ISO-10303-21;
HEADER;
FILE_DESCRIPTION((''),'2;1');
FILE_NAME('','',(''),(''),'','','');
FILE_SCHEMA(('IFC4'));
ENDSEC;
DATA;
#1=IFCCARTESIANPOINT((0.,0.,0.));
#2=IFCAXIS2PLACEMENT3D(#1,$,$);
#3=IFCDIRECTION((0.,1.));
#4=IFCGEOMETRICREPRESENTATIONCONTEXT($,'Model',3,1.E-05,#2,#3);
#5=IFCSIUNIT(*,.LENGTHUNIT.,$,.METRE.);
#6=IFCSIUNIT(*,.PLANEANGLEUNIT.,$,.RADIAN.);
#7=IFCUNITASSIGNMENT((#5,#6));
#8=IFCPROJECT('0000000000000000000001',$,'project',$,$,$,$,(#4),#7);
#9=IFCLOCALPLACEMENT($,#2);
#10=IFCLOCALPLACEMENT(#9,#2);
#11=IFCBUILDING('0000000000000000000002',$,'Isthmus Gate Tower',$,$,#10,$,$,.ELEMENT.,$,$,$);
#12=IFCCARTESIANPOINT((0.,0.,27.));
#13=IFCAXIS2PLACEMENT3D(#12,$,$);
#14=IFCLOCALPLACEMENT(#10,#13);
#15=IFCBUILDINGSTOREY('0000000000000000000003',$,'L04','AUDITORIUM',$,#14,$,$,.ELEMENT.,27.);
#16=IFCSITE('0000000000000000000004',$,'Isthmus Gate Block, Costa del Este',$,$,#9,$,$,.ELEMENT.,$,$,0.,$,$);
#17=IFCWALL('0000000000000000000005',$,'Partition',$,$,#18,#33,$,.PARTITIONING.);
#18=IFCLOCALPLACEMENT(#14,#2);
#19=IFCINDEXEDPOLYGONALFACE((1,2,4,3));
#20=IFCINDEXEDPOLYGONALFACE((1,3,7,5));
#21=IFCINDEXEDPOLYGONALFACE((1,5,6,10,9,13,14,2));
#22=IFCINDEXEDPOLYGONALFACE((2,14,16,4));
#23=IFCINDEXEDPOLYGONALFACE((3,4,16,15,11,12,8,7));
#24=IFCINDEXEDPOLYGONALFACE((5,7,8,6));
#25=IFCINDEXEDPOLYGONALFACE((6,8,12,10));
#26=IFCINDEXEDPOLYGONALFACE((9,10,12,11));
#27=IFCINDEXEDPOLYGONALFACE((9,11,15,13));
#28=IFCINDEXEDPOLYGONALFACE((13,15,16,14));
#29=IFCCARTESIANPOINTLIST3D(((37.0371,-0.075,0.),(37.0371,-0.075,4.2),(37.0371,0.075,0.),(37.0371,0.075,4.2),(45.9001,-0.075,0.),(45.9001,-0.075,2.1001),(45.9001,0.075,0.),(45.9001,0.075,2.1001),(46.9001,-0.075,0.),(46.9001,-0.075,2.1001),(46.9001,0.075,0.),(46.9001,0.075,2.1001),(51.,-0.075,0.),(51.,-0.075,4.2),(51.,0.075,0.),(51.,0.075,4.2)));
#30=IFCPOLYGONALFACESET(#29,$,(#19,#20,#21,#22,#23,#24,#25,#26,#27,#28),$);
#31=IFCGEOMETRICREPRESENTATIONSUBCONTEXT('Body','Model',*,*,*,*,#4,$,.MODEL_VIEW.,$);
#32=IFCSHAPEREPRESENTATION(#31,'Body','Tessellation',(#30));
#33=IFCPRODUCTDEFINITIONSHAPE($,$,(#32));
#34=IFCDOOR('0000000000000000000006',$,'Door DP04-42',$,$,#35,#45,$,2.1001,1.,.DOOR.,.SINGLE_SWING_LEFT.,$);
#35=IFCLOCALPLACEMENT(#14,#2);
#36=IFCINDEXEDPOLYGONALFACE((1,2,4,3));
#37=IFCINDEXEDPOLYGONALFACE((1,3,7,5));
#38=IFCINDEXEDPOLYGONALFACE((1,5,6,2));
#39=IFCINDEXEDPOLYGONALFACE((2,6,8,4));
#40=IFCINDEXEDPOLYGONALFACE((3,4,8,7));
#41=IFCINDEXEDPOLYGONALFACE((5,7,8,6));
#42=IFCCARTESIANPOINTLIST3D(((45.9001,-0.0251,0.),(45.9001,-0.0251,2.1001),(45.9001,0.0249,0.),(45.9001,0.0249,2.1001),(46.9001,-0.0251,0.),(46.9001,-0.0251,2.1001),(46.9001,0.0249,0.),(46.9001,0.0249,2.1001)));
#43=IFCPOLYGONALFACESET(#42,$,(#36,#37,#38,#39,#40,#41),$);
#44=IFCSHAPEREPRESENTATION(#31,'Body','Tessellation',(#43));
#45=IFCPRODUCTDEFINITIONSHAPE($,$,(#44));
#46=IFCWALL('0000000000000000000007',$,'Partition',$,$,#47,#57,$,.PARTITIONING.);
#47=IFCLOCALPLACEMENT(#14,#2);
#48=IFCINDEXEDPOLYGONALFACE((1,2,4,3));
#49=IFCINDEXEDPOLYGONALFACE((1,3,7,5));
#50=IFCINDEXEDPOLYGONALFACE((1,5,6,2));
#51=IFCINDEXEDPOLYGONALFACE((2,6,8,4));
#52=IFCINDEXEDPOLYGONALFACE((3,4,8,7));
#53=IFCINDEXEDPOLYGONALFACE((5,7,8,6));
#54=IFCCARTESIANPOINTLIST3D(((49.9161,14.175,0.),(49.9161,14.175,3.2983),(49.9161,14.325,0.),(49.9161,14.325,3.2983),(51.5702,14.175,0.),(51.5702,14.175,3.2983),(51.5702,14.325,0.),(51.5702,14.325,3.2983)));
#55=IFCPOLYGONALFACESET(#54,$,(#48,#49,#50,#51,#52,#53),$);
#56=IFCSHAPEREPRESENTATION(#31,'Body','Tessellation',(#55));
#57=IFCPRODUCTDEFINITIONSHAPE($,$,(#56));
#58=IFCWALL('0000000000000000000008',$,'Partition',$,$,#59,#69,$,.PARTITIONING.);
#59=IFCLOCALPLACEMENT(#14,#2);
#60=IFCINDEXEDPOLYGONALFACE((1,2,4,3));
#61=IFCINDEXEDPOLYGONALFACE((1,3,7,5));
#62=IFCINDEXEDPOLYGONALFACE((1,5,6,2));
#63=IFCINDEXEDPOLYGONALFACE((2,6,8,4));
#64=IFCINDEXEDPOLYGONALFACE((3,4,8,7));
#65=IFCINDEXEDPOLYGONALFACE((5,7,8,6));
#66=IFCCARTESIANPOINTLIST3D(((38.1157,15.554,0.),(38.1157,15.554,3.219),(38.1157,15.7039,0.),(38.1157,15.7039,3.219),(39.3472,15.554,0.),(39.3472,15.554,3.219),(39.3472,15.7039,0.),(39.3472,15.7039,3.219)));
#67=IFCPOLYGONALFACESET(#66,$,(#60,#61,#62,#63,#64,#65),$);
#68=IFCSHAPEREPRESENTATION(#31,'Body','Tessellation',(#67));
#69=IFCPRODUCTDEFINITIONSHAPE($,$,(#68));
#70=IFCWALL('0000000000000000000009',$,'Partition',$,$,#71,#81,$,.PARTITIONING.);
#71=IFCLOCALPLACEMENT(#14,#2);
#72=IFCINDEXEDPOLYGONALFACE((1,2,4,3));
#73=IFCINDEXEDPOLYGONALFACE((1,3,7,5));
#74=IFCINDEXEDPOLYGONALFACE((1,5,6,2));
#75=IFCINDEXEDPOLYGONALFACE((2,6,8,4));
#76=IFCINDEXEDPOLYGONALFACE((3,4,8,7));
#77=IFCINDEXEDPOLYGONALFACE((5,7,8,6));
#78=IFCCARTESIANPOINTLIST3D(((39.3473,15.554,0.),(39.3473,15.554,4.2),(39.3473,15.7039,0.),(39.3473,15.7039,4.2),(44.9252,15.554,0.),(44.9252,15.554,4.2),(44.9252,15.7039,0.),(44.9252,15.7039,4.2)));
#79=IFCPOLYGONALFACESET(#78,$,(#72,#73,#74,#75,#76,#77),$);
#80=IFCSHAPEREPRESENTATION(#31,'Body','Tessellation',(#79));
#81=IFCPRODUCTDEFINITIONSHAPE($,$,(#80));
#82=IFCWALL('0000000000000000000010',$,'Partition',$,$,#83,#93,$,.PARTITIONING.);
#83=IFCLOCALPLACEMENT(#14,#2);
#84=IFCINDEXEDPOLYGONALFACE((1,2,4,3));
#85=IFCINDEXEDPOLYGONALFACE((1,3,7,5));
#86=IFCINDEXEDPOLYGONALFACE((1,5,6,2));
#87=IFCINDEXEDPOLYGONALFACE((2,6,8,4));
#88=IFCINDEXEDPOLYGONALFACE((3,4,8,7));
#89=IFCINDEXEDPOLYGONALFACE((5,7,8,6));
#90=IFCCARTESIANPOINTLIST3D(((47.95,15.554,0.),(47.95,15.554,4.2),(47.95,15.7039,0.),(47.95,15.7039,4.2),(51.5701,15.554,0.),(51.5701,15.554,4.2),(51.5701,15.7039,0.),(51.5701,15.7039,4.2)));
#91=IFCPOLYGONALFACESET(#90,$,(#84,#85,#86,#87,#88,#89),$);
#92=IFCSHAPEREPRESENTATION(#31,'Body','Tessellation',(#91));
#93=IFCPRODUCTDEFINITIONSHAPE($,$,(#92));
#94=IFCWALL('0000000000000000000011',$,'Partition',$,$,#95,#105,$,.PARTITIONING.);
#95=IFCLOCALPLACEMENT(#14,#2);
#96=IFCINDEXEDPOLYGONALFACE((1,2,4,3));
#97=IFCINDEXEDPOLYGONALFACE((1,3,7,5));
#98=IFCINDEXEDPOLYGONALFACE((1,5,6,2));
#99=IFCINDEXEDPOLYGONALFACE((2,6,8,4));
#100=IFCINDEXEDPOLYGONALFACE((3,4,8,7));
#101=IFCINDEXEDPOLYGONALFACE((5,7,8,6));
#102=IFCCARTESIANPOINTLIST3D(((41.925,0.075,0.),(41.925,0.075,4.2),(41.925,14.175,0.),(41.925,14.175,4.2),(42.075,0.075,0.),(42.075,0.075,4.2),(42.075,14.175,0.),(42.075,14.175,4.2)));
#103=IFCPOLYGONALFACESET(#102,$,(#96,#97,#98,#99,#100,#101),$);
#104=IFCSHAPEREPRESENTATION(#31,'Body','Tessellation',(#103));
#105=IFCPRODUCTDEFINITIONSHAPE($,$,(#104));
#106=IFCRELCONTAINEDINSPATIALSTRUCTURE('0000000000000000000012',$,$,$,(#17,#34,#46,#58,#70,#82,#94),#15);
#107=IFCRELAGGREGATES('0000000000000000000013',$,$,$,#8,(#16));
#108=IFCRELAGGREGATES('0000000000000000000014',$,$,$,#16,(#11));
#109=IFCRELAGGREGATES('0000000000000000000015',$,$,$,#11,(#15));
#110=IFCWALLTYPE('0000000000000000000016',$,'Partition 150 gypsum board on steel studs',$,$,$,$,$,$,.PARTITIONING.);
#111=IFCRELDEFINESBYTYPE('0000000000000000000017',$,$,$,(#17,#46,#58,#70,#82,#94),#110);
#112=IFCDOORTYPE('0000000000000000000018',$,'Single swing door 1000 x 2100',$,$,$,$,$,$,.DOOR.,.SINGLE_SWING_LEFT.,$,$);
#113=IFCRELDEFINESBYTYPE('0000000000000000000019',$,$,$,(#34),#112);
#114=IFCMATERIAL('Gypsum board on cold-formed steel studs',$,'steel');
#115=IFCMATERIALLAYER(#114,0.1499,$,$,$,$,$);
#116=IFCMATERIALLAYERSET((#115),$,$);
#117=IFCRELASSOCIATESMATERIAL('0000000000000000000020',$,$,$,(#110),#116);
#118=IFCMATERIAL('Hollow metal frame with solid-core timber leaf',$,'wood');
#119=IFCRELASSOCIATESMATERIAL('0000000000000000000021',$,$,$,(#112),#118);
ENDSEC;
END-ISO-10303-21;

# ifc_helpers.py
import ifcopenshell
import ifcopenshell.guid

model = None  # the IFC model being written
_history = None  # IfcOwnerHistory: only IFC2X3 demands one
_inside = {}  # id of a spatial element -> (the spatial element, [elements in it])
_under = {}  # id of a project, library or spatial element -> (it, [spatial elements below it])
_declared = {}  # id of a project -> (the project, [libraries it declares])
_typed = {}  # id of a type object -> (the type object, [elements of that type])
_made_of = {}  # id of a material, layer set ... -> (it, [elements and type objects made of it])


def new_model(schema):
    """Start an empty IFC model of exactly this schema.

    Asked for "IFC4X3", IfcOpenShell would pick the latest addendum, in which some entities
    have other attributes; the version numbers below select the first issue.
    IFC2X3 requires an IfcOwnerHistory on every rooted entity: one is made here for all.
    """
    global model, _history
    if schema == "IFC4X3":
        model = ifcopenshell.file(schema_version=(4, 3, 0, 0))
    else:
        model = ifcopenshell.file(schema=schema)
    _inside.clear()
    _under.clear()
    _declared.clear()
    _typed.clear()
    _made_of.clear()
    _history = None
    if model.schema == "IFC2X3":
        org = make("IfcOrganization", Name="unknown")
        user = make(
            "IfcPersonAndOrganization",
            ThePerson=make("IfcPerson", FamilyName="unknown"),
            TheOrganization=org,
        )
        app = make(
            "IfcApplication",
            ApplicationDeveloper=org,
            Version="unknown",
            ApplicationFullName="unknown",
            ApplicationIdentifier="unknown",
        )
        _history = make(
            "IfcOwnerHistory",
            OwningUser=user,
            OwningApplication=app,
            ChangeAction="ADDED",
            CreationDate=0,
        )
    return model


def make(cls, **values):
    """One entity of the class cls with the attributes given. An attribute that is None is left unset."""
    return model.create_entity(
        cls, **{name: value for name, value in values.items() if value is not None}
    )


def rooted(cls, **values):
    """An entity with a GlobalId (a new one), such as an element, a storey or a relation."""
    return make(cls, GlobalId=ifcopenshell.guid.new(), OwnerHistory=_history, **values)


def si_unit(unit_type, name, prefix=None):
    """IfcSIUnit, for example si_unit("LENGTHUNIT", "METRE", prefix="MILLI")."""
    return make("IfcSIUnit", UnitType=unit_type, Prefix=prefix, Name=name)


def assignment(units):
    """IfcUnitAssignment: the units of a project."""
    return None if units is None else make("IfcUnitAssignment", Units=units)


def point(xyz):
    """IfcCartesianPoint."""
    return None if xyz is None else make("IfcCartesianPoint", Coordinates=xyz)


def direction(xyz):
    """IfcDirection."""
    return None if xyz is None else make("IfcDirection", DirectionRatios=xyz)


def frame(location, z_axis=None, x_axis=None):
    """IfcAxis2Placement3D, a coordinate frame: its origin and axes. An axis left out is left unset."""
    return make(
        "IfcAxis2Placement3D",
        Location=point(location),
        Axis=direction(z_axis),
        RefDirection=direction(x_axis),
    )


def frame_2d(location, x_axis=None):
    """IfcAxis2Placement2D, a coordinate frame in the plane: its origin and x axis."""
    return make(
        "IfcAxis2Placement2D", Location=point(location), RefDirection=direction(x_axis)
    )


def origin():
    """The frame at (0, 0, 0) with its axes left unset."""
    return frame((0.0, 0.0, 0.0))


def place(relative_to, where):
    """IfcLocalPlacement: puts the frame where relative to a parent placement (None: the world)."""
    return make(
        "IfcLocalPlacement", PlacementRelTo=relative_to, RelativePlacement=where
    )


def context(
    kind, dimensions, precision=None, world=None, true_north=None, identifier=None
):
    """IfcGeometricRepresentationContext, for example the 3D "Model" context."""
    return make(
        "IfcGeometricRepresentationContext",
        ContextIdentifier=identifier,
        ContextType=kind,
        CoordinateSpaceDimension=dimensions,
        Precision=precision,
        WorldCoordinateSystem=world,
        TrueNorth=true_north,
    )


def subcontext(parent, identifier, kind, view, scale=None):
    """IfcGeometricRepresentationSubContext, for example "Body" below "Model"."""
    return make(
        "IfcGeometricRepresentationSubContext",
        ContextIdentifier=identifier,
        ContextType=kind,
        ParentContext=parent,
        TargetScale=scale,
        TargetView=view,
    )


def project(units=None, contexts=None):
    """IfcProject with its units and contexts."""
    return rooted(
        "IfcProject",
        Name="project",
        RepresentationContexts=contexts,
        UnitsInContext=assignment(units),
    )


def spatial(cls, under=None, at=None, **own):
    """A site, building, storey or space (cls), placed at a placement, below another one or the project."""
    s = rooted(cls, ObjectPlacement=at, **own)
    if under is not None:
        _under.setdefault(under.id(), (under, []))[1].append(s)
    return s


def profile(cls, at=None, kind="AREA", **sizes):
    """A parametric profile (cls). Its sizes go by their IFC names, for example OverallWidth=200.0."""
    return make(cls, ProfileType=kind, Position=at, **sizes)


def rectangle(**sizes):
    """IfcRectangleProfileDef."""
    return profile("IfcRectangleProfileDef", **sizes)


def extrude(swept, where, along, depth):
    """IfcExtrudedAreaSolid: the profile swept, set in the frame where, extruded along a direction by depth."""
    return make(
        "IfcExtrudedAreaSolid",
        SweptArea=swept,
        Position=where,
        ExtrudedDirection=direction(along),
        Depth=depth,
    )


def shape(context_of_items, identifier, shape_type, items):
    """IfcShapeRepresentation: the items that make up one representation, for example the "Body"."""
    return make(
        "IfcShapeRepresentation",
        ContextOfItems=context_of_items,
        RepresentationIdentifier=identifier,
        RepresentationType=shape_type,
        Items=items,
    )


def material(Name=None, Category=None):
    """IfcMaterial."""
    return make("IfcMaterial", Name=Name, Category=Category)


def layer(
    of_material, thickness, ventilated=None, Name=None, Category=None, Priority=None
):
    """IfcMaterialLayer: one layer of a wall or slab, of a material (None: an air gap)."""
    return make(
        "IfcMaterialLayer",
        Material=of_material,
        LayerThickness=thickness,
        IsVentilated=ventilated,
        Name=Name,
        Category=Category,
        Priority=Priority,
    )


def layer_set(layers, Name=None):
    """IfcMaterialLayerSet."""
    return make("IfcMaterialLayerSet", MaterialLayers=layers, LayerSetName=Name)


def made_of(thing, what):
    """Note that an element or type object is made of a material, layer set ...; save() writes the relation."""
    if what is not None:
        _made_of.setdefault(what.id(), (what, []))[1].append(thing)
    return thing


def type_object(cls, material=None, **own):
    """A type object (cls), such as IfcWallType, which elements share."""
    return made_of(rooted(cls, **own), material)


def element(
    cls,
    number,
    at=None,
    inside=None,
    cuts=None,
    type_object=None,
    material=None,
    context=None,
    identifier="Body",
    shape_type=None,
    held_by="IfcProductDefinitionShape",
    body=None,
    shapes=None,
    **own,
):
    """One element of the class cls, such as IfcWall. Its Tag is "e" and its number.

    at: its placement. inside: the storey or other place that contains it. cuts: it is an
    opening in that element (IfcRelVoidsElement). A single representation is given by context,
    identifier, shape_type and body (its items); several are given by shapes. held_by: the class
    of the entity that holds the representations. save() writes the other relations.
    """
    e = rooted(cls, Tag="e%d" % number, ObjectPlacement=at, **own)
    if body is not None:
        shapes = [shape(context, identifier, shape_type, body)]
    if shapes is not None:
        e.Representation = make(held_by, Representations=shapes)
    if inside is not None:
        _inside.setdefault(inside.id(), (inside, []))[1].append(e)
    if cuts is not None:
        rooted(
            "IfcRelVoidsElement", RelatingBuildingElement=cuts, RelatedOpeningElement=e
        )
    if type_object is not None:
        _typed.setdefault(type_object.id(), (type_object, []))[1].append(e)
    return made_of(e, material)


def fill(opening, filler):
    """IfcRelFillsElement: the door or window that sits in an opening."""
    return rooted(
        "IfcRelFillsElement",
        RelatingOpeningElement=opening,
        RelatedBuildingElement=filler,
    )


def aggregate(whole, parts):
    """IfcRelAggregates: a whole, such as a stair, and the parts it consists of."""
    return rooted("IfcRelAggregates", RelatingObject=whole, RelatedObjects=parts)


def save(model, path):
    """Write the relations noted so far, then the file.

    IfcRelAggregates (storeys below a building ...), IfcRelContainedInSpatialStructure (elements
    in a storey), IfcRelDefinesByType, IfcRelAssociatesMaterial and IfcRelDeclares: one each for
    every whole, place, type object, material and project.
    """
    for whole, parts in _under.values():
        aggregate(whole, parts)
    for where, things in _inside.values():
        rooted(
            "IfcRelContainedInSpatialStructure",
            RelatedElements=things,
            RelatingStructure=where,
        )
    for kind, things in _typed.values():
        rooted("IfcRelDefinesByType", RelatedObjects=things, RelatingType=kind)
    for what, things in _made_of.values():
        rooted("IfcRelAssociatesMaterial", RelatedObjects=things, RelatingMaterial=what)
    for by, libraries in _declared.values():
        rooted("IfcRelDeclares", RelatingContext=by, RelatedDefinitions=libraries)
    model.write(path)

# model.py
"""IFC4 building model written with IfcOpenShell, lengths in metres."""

from ifc_helpers import new_model, si_unit, direction, frame, frame_2d, origin, place, context, subcontext, project, spatial, rectangle, extrude, material, layer, layer_set, type_object, element, fill, save


model = new_model("IFC4")

# Units and contexts
model_context = context("Model", 3, precision=1e-05, world=origin(), true_north=direction((0.0, 1.0)))
body_context = subcontext(model_context, "Body", "Model", "MODEL_VIEW")
ifc_project = project(units=[si_unit("LENGTHUNIT", "METRE"), si_unit("PLANEANGLEUNIT", "RADIAN")], contexts=[model_context])

# Site, building, storey
site_placement = place(None, origin())
site = spatial("IfcSite", under=ifc_project, at=site_placement, Name="Isthmus Gate Block, Costa del Este", CompositionType="ELEMENT", RefElevation=0.0)
building_placement = place(site_placement, origin())
building = spatial("IfcBuilding", under=site, at=building_placement, Name="Isthmus Gate Tower", CompositionType="ELEMENT")
storey_placement = place(building_placement, frame((0.0, 0.0, 27.0)))
storey = spatial("IfcBuildingStorey", under=building, at=storey_placement, Name="L04", Description="AUDITORIUM", CompositionType="ELEMENT", Elevation=27.0)

# Wall, opening, door
ifc_material_1 = material(Name="Gypsum board on cold-formed steel studs", Category="steel")
ifc_layer_1 = layer(ifc_material_1, 0.1499)
ifc_layer_set_1 = layer_set([ifc_layer_1])
wall_type_1 = type_object("IfcWallType", Name="Partition 150 gypsum board on steel studs", PredefinedType="PARTITIONING", material=ifc_layer_set_1)
wall_1_placement = place(storey_placement, frame((37.0371, 0.0, 0.0), z_axis=(0.0, 0.0, 1.0), x_axis=(1.0, 0.0, 0.0)))
wall_1 = element("IfcWall", 1, at=wall_1_placement, inside=storey, type_object=wall_type_1, Name="Partition", PredefinedType="PARTITIONING", context=body_context, shape_type="SweptSolid", body=[
    extrude(rectangle(XDim=13.9629, YDim=0.1499, at=frame_2d((6.9814, 0.0))), origin(), (0.0, 0.0, 1.0), 4.2),
])
opening_1_placement = place(wall_1_placement, frame((8.863, 0.0, 0.0)))
opening_1 = element("IfcOpeningElement", 2, at=opening_1_placement, cuts=wall_1, PredefinedType="OPENING", context=body_context, shape_type="SweptSolid", body=[
    extrude(rectangle(XDim=1.0, YDim=2.1001, at=frame_2d((0.5, 1.05))), frame((0.0, 0.085, 0.0), z_axis=(0.0, -1.0, 0.0), x_axis=(1.0, 0.0, 0.0)), (0.0, 0.0, 1.0), 0.1699),
])
ifc_material_2 = material(Name="Hollow metal frame with solid-core timber leaf", Category="wood")
door_type_1 = type_object("IfcDoorType", Name="Single swing door 1000 x 2100", OperationType="SINGLE_SWING_LEFT", PredefinedType="DOOR", material=ifc_material_2)
door_1_placement = place(opening_1_placement, origin())
door_1 = element("IfcDoor", 3, at=door_1_placement, inside=storey, type_object=door_type_1, Name="Door DP04-42", OperationType="SINGLE_SWING_LEFT", OverallHeight=2.1001, OverallWidth=1.0, PredefinedType="DOOR", context=body_context, shape_type="SweptSolid", body=[
    extrude(rectangle(XDim=1.0, YDim=2.1001, at=frame_2d((0.5, 1.05))), frame((0.0, 0.0249, 0.0), z_axis=(0.0, -1.0, 0.0), x_axis=(1.0, 0.0, 0.0)), (0.0, 0.0, 1.0), 0.05),
])
fill(opening_1, door_1)

# Walls
wall_2_placement = place(storey_placement, frame((49.916, 14.25, 0.0), z_axis=(0.0, 0.0, 1.0), x_axis=(1.0, 0.0, 0.0)))
element("IfcWall", 4, at=wall_2_placement, inside=storey, type_object=wall_type_1, Name="Partition", PredefinedType="PARTITIONING", context=body_context, shape_type="SweptSolid", body=[
    extrude(rectangle(XDim=1.6541, YDim=0.1499, at=frame_2d((0.8271, 0.0))), origin(), (0.0, 0.0, 1.0), 3.2983),
])
wall_3_placement = place(storey_placement, frame((38.1157, 15.6289, 0.0), z_axis=(0.0, 0.0, 1.0), x_axis=(1.0, 0.0, 0.0)))
element("IfcWall", 5, at=wall_3_placement, inside=storey, type_object=wall_type_1, Name="Partition", PredefinedType="PARTITIONING", context=body_context, shape_type="SweptSolid", body=[
    extrude(rectangle(XDim=1.2314, YDim=0.1499, at=frame_2d((0.6157, 0.0))), origin(), (0.0, 0.0, 1.0), 3.219),
])
wall_4_placement = place(storey_placement, frame((39.3472, 15.6289, 0.0), z_axis=(0.0, 0.0, 1.0), x_axis=(1.0, 0.0, 0.0)))
element("IfcWall", 6, at=wall_4_placement, inside=storey, type_object=wall_type_1, Name="Partition", PredefinedType="PARTITIONING", context=body_context, shape_type="SweptSolid", body=[
    extrude(rectangle(XDim=5.5779, YDim=0.1499, at=frame_2d((2.7891, 0.0))), origin(), (0.0, 0.0, 1.0), 4.2),
])
wall_5_placement = place(storey_placement, frame((47.95, 15.6289, 0.0), z_axis=(0.0, 0.0, 1.0), x_axis=(1.0, 0.0, 0.0)))
element("IfcWall", 7, at=wall_5_placement, inside=storey, type_object=wall_type_1, Name="Partition", PredefinedType="PARTITIONING", context=body_context, shape_type="SweptSolid", body=[
    extrude(rectangle(XDim=3.6201, YDim=0.1499, at=frame_2d((1.8101, 0.0))), origin(), (0.0, 0.0, 1.0), 4.2),
])
wall_6_placement = place(storey_placement, frame((42.0, 0.075, 0.0), z_axis=(0.0, 0.0, 1.0), x_axis=(0.0, 1.0, 0.0)))
element("IfcWall", 8, at=wall_6_placement, inside=storey, type_object=wall_type_1, Name="Partition", PredefinedType="PARTITIONING", context=body_context, shape_type="SweptSolid", body=[
    extrude(rectangle(XDim=14.1001, YDim=0.1499, at=frame_2d((7.05, 0.0))), origin(), (0.0, 0.0, 1.0), 4.2),
])

save(model, "model.ifc")
